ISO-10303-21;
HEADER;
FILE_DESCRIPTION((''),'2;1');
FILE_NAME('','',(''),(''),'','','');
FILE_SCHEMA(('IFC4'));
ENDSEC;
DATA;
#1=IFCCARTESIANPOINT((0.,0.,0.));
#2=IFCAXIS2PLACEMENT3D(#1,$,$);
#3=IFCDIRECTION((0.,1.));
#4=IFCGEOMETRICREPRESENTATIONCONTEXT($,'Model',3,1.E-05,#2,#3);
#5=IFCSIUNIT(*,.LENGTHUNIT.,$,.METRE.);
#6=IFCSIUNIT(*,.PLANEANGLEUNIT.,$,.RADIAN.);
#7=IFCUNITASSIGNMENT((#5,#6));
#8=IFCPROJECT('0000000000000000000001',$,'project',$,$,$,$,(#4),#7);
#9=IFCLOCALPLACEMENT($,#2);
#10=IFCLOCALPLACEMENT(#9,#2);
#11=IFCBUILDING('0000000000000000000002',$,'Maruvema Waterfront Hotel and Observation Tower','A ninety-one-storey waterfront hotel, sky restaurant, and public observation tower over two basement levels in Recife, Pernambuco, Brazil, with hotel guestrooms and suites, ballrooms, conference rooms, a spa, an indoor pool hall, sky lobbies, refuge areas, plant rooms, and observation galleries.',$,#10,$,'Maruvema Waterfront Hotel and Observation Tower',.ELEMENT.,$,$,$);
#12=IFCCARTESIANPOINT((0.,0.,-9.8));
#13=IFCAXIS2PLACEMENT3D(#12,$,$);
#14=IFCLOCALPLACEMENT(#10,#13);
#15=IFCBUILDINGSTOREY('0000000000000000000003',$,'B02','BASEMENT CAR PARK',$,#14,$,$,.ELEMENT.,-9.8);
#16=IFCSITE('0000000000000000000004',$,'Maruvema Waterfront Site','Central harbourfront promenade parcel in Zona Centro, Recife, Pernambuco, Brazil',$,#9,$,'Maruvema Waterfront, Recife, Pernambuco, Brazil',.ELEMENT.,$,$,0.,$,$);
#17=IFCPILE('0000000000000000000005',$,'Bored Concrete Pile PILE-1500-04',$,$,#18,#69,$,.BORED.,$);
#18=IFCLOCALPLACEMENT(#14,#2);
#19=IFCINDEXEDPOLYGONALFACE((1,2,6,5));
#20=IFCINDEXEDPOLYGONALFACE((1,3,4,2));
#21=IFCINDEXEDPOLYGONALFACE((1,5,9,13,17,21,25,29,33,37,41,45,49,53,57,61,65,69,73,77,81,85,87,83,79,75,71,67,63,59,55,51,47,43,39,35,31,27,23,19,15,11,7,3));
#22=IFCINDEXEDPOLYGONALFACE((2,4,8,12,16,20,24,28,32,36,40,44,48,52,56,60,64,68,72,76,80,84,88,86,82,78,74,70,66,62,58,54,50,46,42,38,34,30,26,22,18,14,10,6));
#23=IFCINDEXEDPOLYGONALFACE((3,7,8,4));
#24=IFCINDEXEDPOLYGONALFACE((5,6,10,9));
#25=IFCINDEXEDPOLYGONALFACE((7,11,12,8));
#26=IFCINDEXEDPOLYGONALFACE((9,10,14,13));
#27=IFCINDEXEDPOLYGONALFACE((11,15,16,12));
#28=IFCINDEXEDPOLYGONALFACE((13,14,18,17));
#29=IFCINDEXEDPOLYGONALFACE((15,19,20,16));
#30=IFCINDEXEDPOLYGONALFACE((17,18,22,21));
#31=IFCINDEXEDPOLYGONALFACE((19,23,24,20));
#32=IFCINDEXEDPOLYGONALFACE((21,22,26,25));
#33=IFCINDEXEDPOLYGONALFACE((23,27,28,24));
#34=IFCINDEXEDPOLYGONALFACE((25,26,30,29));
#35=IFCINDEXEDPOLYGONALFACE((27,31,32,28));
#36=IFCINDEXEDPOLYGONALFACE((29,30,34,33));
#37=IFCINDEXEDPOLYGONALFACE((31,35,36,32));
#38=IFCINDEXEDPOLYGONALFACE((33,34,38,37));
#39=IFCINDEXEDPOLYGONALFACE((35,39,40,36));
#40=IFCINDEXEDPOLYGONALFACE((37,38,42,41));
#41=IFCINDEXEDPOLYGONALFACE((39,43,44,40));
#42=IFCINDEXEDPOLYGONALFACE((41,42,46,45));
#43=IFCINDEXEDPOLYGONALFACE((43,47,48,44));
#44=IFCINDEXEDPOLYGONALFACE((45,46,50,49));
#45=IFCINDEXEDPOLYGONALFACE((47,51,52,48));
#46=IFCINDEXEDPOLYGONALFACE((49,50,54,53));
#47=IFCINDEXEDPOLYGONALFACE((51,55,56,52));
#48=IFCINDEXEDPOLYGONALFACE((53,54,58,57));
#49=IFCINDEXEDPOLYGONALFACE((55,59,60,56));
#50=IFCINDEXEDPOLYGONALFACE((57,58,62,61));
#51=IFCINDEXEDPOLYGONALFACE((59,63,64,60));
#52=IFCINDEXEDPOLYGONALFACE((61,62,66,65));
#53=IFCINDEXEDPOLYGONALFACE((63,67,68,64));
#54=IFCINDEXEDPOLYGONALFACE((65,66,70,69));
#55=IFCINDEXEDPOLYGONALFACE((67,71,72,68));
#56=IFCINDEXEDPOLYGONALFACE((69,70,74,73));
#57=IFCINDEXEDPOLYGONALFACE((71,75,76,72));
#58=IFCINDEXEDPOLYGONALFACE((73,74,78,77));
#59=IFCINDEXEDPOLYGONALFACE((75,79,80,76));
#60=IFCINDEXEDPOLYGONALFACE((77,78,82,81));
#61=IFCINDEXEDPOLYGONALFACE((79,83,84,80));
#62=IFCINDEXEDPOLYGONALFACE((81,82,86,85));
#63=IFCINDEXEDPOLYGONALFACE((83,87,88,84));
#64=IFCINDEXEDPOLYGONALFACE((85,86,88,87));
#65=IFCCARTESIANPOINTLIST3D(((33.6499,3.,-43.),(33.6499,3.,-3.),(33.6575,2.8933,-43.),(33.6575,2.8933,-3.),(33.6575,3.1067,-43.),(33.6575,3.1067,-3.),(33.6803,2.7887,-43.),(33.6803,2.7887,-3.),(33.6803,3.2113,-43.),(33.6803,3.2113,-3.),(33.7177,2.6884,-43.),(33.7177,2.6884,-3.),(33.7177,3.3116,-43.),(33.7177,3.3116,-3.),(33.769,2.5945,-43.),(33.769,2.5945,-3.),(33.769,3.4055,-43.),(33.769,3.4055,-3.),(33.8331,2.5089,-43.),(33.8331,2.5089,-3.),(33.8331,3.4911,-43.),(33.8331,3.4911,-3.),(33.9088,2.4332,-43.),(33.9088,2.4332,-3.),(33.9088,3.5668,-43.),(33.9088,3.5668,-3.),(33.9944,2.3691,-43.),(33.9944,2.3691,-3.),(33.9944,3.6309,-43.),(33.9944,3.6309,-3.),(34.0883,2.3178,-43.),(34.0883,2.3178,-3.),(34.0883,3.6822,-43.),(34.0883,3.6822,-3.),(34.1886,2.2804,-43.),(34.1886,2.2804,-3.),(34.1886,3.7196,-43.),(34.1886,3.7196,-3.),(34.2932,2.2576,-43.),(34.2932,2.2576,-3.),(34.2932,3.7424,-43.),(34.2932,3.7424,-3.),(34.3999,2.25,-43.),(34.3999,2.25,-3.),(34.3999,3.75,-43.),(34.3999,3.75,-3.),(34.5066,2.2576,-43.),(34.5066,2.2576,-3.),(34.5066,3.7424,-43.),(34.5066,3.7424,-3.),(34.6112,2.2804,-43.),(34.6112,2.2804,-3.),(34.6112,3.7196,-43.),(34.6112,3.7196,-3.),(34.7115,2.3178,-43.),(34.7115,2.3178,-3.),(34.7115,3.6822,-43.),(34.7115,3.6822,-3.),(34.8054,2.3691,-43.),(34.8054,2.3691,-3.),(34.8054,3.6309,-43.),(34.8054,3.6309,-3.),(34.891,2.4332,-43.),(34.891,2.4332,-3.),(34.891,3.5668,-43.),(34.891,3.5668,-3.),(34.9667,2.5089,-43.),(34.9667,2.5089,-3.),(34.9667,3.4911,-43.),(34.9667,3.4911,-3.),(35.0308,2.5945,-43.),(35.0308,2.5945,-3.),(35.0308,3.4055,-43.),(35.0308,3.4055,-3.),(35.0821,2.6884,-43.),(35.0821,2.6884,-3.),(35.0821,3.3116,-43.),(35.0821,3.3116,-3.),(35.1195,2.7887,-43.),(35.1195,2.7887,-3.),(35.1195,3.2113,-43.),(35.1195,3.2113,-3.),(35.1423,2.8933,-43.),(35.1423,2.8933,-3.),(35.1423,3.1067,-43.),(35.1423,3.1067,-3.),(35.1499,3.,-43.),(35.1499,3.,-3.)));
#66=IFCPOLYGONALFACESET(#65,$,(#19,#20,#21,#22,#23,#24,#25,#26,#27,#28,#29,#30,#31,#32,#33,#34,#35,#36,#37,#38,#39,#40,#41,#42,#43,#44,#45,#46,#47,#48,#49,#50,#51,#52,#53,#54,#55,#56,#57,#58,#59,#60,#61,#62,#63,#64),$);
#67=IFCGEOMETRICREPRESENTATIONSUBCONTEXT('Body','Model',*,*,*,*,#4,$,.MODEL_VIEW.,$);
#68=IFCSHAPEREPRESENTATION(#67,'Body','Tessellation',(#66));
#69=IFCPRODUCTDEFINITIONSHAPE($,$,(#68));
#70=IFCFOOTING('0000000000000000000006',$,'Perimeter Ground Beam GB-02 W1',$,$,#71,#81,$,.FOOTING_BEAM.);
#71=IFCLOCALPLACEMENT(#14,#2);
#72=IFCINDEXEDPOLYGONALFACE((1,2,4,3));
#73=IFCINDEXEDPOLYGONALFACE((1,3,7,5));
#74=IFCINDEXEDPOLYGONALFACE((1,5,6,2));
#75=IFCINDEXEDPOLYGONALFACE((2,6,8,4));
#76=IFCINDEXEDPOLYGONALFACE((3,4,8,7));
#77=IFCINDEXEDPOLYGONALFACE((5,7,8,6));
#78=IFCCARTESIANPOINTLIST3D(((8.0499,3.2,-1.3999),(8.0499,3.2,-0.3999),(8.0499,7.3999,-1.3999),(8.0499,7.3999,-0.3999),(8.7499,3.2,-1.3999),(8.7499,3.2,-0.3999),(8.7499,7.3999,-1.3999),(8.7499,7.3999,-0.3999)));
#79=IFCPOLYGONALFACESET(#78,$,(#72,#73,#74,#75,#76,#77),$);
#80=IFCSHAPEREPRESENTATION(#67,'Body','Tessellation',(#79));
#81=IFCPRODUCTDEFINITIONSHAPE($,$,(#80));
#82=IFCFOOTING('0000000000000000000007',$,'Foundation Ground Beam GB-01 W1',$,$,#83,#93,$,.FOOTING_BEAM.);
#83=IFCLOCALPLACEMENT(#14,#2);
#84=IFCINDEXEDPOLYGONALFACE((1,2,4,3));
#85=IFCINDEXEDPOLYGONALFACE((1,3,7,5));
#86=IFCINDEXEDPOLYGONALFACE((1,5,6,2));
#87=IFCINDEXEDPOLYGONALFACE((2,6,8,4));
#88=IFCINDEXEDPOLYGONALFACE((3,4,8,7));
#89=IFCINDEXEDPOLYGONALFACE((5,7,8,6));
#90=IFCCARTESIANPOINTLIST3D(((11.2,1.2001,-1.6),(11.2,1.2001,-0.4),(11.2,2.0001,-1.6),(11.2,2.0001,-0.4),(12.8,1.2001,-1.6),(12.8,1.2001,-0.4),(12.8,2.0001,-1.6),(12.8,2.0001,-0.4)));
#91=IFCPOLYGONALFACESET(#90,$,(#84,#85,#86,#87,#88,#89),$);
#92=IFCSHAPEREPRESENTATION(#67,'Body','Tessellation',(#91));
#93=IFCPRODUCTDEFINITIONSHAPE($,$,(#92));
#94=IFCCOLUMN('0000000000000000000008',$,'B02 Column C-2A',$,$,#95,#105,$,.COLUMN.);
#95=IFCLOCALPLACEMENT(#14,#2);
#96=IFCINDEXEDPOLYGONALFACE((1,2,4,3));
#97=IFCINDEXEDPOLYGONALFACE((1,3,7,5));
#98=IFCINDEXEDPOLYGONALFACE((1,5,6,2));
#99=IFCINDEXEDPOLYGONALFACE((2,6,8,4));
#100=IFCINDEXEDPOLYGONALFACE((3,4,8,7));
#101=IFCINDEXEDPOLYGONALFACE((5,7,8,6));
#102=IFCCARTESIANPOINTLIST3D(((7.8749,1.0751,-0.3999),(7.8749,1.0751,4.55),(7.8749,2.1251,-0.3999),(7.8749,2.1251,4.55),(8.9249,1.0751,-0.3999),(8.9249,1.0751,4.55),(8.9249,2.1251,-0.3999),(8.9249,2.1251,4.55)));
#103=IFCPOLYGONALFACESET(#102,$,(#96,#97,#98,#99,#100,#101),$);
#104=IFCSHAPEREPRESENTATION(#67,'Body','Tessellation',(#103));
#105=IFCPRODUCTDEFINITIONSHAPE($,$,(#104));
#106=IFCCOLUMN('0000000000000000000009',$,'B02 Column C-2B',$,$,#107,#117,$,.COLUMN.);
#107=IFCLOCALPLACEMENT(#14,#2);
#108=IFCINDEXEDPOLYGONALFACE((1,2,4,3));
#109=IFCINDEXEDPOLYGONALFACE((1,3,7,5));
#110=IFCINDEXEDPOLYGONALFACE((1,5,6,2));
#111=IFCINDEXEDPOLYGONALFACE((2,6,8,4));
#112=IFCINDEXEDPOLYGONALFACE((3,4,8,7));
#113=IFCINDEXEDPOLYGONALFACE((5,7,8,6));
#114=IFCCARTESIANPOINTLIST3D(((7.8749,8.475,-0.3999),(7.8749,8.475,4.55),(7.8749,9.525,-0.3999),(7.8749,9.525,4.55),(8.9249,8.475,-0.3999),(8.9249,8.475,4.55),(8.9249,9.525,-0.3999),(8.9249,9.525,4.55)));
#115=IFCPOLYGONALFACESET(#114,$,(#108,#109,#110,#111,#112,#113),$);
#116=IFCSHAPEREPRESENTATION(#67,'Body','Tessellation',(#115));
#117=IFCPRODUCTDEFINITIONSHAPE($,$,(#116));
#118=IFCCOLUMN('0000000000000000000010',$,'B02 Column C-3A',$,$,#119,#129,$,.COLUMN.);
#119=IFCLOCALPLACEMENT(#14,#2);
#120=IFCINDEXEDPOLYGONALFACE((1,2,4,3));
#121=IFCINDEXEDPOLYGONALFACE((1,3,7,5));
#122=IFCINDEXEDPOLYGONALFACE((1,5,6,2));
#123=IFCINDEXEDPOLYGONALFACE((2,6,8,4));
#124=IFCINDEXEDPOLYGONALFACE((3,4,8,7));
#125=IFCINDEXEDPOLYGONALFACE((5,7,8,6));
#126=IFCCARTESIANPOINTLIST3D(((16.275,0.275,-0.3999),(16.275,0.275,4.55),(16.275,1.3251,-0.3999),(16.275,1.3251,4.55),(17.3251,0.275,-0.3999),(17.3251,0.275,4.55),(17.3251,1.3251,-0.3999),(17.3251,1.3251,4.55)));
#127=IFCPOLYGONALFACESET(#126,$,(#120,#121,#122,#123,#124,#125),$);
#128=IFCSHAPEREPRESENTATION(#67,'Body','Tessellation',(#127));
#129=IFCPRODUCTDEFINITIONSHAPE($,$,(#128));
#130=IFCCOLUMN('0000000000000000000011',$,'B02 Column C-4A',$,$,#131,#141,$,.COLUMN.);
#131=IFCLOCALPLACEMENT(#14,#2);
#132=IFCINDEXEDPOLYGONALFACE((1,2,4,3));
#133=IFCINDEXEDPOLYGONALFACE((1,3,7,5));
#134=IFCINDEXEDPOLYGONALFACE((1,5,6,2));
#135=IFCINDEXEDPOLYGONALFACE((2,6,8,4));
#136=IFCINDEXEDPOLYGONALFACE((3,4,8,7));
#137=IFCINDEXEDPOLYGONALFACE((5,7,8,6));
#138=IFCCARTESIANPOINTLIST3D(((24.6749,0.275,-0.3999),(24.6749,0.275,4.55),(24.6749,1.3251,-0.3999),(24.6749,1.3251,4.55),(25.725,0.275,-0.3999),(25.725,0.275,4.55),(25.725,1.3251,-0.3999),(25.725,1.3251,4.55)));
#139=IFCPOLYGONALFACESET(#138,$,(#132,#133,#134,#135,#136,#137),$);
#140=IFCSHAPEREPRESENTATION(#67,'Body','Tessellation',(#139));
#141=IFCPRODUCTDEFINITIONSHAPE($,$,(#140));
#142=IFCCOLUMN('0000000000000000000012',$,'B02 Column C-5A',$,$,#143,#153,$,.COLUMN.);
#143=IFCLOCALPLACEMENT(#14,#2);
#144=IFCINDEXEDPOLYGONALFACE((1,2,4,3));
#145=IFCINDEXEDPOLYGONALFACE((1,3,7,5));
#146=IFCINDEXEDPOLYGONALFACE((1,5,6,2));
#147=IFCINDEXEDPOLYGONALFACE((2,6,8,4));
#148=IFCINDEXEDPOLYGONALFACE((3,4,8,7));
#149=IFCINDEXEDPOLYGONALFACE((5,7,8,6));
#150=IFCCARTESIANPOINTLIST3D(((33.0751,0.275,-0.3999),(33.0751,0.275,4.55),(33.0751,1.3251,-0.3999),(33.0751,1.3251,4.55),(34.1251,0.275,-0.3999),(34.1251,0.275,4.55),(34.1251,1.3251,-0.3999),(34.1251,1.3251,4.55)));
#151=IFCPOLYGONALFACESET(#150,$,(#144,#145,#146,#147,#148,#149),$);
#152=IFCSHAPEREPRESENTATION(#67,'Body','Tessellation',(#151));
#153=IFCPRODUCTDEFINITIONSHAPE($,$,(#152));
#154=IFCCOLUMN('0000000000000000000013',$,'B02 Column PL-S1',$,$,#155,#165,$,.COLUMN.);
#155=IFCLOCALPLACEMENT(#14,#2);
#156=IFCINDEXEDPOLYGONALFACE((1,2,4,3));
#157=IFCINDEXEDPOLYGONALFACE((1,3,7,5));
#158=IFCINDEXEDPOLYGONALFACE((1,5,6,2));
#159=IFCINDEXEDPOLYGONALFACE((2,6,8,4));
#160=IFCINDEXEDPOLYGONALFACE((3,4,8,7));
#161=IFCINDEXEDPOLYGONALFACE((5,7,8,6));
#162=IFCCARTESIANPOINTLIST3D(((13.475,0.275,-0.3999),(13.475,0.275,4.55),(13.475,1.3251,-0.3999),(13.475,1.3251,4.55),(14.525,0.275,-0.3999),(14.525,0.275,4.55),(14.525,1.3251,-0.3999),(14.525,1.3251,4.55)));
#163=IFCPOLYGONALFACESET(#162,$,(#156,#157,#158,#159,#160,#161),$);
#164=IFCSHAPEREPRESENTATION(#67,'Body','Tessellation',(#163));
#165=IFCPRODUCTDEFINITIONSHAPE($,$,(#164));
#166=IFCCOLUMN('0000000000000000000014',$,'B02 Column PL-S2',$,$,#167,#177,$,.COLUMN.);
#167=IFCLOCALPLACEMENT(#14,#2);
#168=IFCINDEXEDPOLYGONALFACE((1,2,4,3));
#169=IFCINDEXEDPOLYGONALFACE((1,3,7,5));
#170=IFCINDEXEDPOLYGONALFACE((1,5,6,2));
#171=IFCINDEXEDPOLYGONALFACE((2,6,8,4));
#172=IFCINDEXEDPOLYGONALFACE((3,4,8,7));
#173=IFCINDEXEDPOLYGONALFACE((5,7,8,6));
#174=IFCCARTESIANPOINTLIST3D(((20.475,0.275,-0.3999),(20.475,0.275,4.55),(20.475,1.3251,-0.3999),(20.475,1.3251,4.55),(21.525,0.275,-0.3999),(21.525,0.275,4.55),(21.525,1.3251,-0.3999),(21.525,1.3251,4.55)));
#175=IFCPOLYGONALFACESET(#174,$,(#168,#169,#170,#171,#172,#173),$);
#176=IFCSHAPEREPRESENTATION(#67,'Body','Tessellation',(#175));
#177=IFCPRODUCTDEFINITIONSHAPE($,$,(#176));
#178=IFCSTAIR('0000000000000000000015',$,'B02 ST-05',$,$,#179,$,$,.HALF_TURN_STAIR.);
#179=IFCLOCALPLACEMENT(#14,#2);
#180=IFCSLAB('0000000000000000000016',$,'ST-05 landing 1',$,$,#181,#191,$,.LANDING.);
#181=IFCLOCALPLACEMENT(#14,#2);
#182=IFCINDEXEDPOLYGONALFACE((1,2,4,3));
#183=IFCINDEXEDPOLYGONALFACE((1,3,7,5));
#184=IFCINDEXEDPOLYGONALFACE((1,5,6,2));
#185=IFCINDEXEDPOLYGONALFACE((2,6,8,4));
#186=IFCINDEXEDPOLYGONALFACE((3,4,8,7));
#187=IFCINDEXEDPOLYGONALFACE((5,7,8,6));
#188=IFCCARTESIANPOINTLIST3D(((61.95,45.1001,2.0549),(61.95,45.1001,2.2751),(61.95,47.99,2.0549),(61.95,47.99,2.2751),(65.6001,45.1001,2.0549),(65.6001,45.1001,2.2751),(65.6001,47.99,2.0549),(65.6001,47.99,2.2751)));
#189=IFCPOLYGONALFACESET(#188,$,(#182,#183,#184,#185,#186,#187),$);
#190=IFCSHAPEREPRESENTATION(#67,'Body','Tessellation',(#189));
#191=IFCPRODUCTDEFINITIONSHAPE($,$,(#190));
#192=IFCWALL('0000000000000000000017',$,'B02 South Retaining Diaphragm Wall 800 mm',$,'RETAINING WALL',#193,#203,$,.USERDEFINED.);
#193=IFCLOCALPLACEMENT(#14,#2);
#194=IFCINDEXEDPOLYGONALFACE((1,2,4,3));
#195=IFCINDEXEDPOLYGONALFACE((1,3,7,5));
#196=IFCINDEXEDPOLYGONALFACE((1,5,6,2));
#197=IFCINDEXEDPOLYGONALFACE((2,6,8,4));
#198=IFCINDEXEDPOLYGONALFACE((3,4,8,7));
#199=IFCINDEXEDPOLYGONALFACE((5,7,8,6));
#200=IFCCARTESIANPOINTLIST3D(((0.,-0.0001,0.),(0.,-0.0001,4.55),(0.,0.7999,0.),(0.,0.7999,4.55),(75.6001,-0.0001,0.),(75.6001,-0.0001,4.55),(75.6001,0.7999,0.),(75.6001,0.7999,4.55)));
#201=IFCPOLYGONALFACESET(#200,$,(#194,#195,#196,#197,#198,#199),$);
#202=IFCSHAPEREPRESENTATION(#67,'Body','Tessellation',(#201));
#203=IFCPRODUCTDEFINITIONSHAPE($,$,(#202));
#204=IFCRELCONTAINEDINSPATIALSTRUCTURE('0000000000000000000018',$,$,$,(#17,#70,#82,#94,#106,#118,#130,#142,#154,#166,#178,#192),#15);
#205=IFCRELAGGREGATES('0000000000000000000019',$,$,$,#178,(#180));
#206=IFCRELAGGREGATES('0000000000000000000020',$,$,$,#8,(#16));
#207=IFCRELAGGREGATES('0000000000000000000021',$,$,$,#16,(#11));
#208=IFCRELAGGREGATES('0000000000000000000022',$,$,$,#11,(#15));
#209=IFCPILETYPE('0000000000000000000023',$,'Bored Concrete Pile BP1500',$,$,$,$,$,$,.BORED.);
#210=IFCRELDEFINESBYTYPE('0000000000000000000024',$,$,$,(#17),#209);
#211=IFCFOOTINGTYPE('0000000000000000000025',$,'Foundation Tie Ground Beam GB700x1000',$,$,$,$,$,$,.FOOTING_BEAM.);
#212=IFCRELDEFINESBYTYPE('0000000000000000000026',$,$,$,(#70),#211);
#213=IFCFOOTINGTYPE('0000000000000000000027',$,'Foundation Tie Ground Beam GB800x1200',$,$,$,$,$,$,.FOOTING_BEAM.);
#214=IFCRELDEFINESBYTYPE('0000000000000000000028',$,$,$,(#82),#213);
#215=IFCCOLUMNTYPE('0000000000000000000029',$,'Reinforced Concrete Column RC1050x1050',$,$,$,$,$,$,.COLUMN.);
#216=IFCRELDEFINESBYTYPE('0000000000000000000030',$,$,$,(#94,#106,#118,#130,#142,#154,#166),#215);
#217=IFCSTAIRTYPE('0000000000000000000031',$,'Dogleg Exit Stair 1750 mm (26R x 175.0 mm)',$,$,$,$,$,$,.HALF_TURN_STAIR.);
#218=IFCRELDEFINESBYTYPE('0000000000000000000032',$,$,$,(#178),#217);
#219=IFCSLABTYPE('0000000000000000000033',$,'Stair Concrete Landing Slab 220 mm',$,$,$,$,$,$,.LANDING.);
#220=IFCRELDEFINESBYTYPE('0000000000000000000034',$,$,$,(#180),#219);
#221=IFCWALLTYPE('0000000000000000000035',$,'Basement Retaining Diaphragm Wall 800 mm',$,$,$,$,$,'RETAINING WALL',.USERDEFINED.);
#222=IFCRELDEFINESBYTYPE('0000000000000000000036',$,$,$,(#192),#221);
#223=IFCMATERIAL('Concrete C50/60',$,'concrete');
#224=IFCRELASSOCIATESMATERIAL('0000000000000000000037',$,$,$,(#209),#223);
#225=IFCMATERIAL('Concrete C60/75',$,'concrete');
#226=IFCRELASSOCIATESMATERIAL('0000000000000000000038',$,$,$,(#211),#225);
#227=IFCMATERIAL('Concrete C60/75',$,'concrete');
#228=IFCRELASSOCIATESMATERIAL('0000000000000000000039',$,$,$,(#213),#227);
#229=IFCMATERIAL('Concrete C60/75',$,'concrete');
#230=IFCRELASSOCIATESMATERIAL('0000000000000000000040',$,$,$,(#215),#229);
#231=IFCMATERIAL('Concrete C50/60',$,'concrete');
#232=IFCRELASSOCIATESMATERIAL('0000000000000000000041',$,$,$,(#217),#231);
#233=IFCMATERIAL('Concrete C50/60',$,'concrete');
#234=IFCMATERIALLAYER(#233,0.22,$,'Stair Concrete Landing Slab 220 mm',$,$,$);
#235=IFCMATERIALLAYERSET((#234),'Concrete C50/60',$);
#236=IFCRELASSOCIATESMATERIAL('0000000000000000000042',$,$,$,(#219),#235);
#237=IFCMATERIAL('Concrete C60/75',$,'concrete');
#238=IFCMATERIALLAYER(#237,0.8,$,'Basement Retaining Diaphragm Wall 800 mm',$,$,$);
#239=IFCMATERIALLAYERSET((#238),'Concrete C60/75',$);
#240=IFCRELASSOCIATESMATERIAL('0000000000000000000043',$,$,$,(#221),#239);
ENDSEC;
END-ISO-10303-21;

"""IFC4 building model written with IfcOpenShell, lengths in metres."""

from ifc_helpers import new_model, si_unit, direction, frame, frame_2d, origin, origin_2d, place, context, subcontext, project, spatial, polyline, rectangle, circle, outline, extrude, material, layer, layer_set, material_profile, profile_set, type_object, element, aggregate, save


model = new_model("IFC4")

# Units and contexts
model_context = context("Model", 3, precision=1e-05, world=origin(), true_north=direction((0.0, 1.0)))
body_context = subcontext(model_context, "Body", "Model", "MODEL_VIEW")
ifc_project = project(units=[si_unit("LENGTHUNIT", "METRE"), si_unit("PLANEANGLEUNIT", "RADIAN")], contexts=[model_context])

# Site, building, storey
site_placement = place(None, origin())
site = spatial("IfcSite", under=ifc_project, at=site_placement, Name="Maruvema Waterfront Site", Description="Central harbourfront promenade parcel in Zona Centro, Recife, Pernambuco, Brazil", LongName="Maruvema Waterfront, Recife, Pernambuco, Brazil", CompositionType="ELEMENT", RefElevation=0.0)
building_placement = place(site_placement, origin())
building = spatial("IfcBuilding", under=site, at=building_placement, Name="Maruvema Waterfront Hotel and Observation Tower", Description="A ninety-one-storey waterfront hotel, sky restaurant, and public observation tower over two basement levels in Recife, Pernambuco, Brazil, with hotel guestrooms and suites, ballrooms, conference rooms, a spa, an indoor pool hall, sky lobbies, refuge areas, plant rooms, and observation galleries.", LongName="Maruvema Waterfront Hotel and Observation Tower", CompositionType="ELEMENT")
storey_placement = place(building_placement, frame((0.0, 0.0, -9.8)))
storey = spatial("IfcBuildingStorey", under=building, at=storey_placement, Name="B02", Description="BASEMENT CAR PARK", CompositionType="ELEMENT", Elevation=-9.8)

# Pile
ifc_material_1 = material(Name="Concrete C50/60", Category="concrete")
ifc_material_profile_1 = material_profile(ifc_material_1, circle(Radius=0.75, at=origin_2d()), Name="BP1500")
ifc_profile_set_1 = profile_set([ifc_material_profile_1], Name="Concrete C50/60")
pile_type_1 = type_object("IfcPileType", Name="Bored Concrete Pile BP1500", PredefinedType="BORED", material=ifc_profile_set_1)
for number, where, z_axis, x_axis, name in (
    (1, (34.3999, 3.0, -3.0), (0.0, 0.0, -1.0), (1.0, 0.0, 0.0), "Bored Concrete Pile PILE-1500-04"),
):
    element("IfcPile", number, at=place(storey_placement, frame(where, z_axis=z_axis, x_axis=x_axis)), inside=storey, type_object=pile_type_1, Name=name, PredefinedType="BORED", context=body_context, shape_type="SweptSolid", body=[
        extrude(circle(Radius=0.75, at=origin_2d()), origin(), (0.0, 0.0, 1.0), 40.0),
    ])

# Footings
ifc_material_2 = material(Name="Concrete C60/75", Category="concrete")
ifc_material_profile_2 = material_profile(ifc_material_2, rectangle(XDim=0.7, YDim=1.0, at=origin_2d()), Name="GB700x1000")
ifc_profile_set_2 = profile_set([ifc_material_profile_2], Name="Concrete C60/75")
footing_type_1 = type_object("IfcFootingType", Name="Foundation Tie Ground Beam GB700x1000", PredefinedType="FOOTING_BEAM", material=ifc_profile_set_2)
footing_1_placement = place(storey_placement, frame((8.3999, 3.2, -0.8999), z_axis=(0.0, 1.0, 0.0), x_axis=(-1.0, 0.0, 0.0)))
element("IfcFooting", 2, at=footing_1_placement, inside=storey, type_object=footing_type_1, Name="Perimeter Ground Beam GB-02 W1", PredefinedType="FOOTING_BEAM", context=body_context, shape_type="SweptSolid", body=[
    extrude(rectangle(XDim=0.7, YDim=1.0, at=origin_2d()), origin(), (0.0, 0.0, 1.0), 4.2),
])
ifc_material_3 = material(Name="Concrete C60/75", Category="concrete")
ifc_material_profile_3 = material_profile(ifc_material_3, rectangle(XDim=0.8, YDim=1.2, at=origin_2d()), Name="GB800x1200")
ifc_profile_set_3 = profile_set([ifc_material_profile_3], Name="Concrete C60/75")
footing_type_2 = type_object("IfcFootingType", Name="Foundation Tie Ground Beam GB800x1200", PredefinedType="FOOTING_BEAM", material=ifc_profile_set_3)
footing_2_placement = place(storey_placement, frame((11.2, 1.6001, -1.0), z_axis=(1.0, 0.0, 0.0), x_axis=(0.0, 1.0, 0.0)))
element("IfcFooting", 3, at=footing_2_placement, inside=storey, type_object=footing_type_2, Name="Foundation Ground Beam GB-01 W1", PredefinedType="FOOTING_BEAM", context=body_context, shape_type="SweptSolid", body=[
    extrude(rectangle(XDim=0.8, YDim=1.2, at=origin_2d()), origin(), (0.0, 0.0, 1.0), 1.6001),
])

# Columns
ifc_material_4 = material(Name="Concrete C60/75", Category="concrete")
ifc_material_profile_4 = material_profile(ifc_material_4, rectangle(XDim=1.05, YDim=1.05, at=origin_2d()), Name="RC1050x1050")
ifc_profile_set_4 = profile_set([ifc_material_profile_4], Name="Concrete C60/75")
column_type = type_object("IfcColumnType", Name="Reinforced Concrete Column RC1050x1050", PredefinedType="COLUMN", material=ifc_profile_set_4)
for number, where, z_axis, x_axis, name in (
    (4, (8.3999, 1.6001, -0.3999), (0.0, 0.0, 1.0), (1.0, 0.0, 0.0), "B02 Column C-2A"),
    (5, (8.3999, 9.0, -0.3999), (0.0, 0.0, 1.0), (1.0, 0.0, 0.0), "B02 Column C-2B"),
    (6, (16.8, 0.8, -0.3999), (0.0, 0.0, 1.0), (1.0, 0.0, 0.0), "B02 Column C-3A"),
    (7, (25.2, 0.8, -0.3999), (0.0, 0.0, 1.0), (1.0, 0.0, 0.0), "B02 Column C-4A"),
    (8, (33.6001, 0.8, -0.3999), (0.0, 0.0, 1.0), (1.0, 0.0, 0.0), "B02 Column C-5A"),
    (9, (14.0, 0.8, -0.3999), (0.0, 0.0, 1.0), (1.0, 0.0, 0.0), "B02 Column PL-S1"),
    (10, (21.0, 0.8, -0.3999), (0.0, 0.0, 1.0), (1.0, 0.0, 0.0), "B02 Column PL-S2"),
):
    element("IfcColumn", number, at=place(storey_placement, frame(where, z_axis=z_axis, x_axis=x_axis)), inside=storey, type_object=column_type, Name=name, PredefinedType="COLUMN", context=body_context, shape_type="SweptSolid", body=[
        extrude(rectangle(XDim=1.05, YDim=1.05, at=origin_2d()), origin(), (0.0, 0.0, 1.0), 4.95),
    ])

# Stair, slab
ifc_material_5 = material(Name="Concrete C50/60", Category="concrete")
stair_type = type_object("IfcStairType", Name="Dogleg Exit Stair 1750 mm (26R x 175.0 mm)", PredefinedType="HALF_TURN_STAIR", material=ifc_material_5)
stair_placement = place(storey_placement, origin())
stair = element("IfcStair", 11, at=stair_placement, inside=storey, type_object=stair_type, Name="B02 ST-05", PredefinedType="HALF_TURN_STAIR")
ifc_material_6 = material(Name="Concrete C50/60", Category="concrete")
ifc_layer_1 = layer(ifc_material_6, 0.22, Name="Stair Concrete Landing Slab 220 mm")
ifc_layer_set_1 = layer_set([ifc_layer_1], Name="Concrete C50/60")
slab_type = type_object("IfcSlabType", Name="Stair Concrete Landing Slab 220 mm", PredefinedType="LANDING", material=ifc_layer_set_1)
slab_placement = place(storey_placement, frame((0.0, 0.0, 2.0549)))
slab = element("IfcSlab", 12, at=slab_placement, type_object=slab_type, Name="ST-05 landing 1", PredefinedType="LANDING", context=body_context, shape_type="SweptSolid", body=[
    extrude(outline(polyline([(61.95, 47.99), (61.95, 45.1001), (65.6001, 45.1001), (65.6001, 47.99), (61.95, 47.99)])), origin(), (0.0, 0.0, 1.0), 0.2202),
])
aggregate(stair, [slab])

# Wall
ifc_material_7 = material(Name="Concrete C60/75", Category="concrete")
ifc_layer_2 = layer(ifc_material_7, 0.8, Name="Basement Retaining Diaphragm Wall 800 mm")
ifc_layer_set_2 = layer_set([ifc_layer_2], Name="Concrete C60/75")
wall_type_1 = type_object("IfcWallType", Name="Basement Retaining Diaphragm Wall 800 mm", ElementType="RETAINING WALL", PredefinedType="USERDEFINED", material=ifc_layer_set_2)
wall_1_placement = place(storey_placement, frame((0.0, 0.3999, 0.0), z_axis=(0.0, 0.0, 1.0), x_axis=(1.0, 0.0, 0.0)))
element("IfcWall", 13, at=wall_1_placement, inside=storey, type_object=wall_type_1, Name="B02 South Retaining Diaphragm Wall 800 mm", ObjectType="RETAINING WALL", PredefinedType="USERDEFINED", context=body_context, shape_type="SweptSolid", body=[
    extrude(rectangle(XDim=75.6001, YDim=0.8, at=frame_2d((37.8, 0.0))), origin(), (0.0, 0.0, 1.0), 4.55),
])

save(model, "model.ifc")
